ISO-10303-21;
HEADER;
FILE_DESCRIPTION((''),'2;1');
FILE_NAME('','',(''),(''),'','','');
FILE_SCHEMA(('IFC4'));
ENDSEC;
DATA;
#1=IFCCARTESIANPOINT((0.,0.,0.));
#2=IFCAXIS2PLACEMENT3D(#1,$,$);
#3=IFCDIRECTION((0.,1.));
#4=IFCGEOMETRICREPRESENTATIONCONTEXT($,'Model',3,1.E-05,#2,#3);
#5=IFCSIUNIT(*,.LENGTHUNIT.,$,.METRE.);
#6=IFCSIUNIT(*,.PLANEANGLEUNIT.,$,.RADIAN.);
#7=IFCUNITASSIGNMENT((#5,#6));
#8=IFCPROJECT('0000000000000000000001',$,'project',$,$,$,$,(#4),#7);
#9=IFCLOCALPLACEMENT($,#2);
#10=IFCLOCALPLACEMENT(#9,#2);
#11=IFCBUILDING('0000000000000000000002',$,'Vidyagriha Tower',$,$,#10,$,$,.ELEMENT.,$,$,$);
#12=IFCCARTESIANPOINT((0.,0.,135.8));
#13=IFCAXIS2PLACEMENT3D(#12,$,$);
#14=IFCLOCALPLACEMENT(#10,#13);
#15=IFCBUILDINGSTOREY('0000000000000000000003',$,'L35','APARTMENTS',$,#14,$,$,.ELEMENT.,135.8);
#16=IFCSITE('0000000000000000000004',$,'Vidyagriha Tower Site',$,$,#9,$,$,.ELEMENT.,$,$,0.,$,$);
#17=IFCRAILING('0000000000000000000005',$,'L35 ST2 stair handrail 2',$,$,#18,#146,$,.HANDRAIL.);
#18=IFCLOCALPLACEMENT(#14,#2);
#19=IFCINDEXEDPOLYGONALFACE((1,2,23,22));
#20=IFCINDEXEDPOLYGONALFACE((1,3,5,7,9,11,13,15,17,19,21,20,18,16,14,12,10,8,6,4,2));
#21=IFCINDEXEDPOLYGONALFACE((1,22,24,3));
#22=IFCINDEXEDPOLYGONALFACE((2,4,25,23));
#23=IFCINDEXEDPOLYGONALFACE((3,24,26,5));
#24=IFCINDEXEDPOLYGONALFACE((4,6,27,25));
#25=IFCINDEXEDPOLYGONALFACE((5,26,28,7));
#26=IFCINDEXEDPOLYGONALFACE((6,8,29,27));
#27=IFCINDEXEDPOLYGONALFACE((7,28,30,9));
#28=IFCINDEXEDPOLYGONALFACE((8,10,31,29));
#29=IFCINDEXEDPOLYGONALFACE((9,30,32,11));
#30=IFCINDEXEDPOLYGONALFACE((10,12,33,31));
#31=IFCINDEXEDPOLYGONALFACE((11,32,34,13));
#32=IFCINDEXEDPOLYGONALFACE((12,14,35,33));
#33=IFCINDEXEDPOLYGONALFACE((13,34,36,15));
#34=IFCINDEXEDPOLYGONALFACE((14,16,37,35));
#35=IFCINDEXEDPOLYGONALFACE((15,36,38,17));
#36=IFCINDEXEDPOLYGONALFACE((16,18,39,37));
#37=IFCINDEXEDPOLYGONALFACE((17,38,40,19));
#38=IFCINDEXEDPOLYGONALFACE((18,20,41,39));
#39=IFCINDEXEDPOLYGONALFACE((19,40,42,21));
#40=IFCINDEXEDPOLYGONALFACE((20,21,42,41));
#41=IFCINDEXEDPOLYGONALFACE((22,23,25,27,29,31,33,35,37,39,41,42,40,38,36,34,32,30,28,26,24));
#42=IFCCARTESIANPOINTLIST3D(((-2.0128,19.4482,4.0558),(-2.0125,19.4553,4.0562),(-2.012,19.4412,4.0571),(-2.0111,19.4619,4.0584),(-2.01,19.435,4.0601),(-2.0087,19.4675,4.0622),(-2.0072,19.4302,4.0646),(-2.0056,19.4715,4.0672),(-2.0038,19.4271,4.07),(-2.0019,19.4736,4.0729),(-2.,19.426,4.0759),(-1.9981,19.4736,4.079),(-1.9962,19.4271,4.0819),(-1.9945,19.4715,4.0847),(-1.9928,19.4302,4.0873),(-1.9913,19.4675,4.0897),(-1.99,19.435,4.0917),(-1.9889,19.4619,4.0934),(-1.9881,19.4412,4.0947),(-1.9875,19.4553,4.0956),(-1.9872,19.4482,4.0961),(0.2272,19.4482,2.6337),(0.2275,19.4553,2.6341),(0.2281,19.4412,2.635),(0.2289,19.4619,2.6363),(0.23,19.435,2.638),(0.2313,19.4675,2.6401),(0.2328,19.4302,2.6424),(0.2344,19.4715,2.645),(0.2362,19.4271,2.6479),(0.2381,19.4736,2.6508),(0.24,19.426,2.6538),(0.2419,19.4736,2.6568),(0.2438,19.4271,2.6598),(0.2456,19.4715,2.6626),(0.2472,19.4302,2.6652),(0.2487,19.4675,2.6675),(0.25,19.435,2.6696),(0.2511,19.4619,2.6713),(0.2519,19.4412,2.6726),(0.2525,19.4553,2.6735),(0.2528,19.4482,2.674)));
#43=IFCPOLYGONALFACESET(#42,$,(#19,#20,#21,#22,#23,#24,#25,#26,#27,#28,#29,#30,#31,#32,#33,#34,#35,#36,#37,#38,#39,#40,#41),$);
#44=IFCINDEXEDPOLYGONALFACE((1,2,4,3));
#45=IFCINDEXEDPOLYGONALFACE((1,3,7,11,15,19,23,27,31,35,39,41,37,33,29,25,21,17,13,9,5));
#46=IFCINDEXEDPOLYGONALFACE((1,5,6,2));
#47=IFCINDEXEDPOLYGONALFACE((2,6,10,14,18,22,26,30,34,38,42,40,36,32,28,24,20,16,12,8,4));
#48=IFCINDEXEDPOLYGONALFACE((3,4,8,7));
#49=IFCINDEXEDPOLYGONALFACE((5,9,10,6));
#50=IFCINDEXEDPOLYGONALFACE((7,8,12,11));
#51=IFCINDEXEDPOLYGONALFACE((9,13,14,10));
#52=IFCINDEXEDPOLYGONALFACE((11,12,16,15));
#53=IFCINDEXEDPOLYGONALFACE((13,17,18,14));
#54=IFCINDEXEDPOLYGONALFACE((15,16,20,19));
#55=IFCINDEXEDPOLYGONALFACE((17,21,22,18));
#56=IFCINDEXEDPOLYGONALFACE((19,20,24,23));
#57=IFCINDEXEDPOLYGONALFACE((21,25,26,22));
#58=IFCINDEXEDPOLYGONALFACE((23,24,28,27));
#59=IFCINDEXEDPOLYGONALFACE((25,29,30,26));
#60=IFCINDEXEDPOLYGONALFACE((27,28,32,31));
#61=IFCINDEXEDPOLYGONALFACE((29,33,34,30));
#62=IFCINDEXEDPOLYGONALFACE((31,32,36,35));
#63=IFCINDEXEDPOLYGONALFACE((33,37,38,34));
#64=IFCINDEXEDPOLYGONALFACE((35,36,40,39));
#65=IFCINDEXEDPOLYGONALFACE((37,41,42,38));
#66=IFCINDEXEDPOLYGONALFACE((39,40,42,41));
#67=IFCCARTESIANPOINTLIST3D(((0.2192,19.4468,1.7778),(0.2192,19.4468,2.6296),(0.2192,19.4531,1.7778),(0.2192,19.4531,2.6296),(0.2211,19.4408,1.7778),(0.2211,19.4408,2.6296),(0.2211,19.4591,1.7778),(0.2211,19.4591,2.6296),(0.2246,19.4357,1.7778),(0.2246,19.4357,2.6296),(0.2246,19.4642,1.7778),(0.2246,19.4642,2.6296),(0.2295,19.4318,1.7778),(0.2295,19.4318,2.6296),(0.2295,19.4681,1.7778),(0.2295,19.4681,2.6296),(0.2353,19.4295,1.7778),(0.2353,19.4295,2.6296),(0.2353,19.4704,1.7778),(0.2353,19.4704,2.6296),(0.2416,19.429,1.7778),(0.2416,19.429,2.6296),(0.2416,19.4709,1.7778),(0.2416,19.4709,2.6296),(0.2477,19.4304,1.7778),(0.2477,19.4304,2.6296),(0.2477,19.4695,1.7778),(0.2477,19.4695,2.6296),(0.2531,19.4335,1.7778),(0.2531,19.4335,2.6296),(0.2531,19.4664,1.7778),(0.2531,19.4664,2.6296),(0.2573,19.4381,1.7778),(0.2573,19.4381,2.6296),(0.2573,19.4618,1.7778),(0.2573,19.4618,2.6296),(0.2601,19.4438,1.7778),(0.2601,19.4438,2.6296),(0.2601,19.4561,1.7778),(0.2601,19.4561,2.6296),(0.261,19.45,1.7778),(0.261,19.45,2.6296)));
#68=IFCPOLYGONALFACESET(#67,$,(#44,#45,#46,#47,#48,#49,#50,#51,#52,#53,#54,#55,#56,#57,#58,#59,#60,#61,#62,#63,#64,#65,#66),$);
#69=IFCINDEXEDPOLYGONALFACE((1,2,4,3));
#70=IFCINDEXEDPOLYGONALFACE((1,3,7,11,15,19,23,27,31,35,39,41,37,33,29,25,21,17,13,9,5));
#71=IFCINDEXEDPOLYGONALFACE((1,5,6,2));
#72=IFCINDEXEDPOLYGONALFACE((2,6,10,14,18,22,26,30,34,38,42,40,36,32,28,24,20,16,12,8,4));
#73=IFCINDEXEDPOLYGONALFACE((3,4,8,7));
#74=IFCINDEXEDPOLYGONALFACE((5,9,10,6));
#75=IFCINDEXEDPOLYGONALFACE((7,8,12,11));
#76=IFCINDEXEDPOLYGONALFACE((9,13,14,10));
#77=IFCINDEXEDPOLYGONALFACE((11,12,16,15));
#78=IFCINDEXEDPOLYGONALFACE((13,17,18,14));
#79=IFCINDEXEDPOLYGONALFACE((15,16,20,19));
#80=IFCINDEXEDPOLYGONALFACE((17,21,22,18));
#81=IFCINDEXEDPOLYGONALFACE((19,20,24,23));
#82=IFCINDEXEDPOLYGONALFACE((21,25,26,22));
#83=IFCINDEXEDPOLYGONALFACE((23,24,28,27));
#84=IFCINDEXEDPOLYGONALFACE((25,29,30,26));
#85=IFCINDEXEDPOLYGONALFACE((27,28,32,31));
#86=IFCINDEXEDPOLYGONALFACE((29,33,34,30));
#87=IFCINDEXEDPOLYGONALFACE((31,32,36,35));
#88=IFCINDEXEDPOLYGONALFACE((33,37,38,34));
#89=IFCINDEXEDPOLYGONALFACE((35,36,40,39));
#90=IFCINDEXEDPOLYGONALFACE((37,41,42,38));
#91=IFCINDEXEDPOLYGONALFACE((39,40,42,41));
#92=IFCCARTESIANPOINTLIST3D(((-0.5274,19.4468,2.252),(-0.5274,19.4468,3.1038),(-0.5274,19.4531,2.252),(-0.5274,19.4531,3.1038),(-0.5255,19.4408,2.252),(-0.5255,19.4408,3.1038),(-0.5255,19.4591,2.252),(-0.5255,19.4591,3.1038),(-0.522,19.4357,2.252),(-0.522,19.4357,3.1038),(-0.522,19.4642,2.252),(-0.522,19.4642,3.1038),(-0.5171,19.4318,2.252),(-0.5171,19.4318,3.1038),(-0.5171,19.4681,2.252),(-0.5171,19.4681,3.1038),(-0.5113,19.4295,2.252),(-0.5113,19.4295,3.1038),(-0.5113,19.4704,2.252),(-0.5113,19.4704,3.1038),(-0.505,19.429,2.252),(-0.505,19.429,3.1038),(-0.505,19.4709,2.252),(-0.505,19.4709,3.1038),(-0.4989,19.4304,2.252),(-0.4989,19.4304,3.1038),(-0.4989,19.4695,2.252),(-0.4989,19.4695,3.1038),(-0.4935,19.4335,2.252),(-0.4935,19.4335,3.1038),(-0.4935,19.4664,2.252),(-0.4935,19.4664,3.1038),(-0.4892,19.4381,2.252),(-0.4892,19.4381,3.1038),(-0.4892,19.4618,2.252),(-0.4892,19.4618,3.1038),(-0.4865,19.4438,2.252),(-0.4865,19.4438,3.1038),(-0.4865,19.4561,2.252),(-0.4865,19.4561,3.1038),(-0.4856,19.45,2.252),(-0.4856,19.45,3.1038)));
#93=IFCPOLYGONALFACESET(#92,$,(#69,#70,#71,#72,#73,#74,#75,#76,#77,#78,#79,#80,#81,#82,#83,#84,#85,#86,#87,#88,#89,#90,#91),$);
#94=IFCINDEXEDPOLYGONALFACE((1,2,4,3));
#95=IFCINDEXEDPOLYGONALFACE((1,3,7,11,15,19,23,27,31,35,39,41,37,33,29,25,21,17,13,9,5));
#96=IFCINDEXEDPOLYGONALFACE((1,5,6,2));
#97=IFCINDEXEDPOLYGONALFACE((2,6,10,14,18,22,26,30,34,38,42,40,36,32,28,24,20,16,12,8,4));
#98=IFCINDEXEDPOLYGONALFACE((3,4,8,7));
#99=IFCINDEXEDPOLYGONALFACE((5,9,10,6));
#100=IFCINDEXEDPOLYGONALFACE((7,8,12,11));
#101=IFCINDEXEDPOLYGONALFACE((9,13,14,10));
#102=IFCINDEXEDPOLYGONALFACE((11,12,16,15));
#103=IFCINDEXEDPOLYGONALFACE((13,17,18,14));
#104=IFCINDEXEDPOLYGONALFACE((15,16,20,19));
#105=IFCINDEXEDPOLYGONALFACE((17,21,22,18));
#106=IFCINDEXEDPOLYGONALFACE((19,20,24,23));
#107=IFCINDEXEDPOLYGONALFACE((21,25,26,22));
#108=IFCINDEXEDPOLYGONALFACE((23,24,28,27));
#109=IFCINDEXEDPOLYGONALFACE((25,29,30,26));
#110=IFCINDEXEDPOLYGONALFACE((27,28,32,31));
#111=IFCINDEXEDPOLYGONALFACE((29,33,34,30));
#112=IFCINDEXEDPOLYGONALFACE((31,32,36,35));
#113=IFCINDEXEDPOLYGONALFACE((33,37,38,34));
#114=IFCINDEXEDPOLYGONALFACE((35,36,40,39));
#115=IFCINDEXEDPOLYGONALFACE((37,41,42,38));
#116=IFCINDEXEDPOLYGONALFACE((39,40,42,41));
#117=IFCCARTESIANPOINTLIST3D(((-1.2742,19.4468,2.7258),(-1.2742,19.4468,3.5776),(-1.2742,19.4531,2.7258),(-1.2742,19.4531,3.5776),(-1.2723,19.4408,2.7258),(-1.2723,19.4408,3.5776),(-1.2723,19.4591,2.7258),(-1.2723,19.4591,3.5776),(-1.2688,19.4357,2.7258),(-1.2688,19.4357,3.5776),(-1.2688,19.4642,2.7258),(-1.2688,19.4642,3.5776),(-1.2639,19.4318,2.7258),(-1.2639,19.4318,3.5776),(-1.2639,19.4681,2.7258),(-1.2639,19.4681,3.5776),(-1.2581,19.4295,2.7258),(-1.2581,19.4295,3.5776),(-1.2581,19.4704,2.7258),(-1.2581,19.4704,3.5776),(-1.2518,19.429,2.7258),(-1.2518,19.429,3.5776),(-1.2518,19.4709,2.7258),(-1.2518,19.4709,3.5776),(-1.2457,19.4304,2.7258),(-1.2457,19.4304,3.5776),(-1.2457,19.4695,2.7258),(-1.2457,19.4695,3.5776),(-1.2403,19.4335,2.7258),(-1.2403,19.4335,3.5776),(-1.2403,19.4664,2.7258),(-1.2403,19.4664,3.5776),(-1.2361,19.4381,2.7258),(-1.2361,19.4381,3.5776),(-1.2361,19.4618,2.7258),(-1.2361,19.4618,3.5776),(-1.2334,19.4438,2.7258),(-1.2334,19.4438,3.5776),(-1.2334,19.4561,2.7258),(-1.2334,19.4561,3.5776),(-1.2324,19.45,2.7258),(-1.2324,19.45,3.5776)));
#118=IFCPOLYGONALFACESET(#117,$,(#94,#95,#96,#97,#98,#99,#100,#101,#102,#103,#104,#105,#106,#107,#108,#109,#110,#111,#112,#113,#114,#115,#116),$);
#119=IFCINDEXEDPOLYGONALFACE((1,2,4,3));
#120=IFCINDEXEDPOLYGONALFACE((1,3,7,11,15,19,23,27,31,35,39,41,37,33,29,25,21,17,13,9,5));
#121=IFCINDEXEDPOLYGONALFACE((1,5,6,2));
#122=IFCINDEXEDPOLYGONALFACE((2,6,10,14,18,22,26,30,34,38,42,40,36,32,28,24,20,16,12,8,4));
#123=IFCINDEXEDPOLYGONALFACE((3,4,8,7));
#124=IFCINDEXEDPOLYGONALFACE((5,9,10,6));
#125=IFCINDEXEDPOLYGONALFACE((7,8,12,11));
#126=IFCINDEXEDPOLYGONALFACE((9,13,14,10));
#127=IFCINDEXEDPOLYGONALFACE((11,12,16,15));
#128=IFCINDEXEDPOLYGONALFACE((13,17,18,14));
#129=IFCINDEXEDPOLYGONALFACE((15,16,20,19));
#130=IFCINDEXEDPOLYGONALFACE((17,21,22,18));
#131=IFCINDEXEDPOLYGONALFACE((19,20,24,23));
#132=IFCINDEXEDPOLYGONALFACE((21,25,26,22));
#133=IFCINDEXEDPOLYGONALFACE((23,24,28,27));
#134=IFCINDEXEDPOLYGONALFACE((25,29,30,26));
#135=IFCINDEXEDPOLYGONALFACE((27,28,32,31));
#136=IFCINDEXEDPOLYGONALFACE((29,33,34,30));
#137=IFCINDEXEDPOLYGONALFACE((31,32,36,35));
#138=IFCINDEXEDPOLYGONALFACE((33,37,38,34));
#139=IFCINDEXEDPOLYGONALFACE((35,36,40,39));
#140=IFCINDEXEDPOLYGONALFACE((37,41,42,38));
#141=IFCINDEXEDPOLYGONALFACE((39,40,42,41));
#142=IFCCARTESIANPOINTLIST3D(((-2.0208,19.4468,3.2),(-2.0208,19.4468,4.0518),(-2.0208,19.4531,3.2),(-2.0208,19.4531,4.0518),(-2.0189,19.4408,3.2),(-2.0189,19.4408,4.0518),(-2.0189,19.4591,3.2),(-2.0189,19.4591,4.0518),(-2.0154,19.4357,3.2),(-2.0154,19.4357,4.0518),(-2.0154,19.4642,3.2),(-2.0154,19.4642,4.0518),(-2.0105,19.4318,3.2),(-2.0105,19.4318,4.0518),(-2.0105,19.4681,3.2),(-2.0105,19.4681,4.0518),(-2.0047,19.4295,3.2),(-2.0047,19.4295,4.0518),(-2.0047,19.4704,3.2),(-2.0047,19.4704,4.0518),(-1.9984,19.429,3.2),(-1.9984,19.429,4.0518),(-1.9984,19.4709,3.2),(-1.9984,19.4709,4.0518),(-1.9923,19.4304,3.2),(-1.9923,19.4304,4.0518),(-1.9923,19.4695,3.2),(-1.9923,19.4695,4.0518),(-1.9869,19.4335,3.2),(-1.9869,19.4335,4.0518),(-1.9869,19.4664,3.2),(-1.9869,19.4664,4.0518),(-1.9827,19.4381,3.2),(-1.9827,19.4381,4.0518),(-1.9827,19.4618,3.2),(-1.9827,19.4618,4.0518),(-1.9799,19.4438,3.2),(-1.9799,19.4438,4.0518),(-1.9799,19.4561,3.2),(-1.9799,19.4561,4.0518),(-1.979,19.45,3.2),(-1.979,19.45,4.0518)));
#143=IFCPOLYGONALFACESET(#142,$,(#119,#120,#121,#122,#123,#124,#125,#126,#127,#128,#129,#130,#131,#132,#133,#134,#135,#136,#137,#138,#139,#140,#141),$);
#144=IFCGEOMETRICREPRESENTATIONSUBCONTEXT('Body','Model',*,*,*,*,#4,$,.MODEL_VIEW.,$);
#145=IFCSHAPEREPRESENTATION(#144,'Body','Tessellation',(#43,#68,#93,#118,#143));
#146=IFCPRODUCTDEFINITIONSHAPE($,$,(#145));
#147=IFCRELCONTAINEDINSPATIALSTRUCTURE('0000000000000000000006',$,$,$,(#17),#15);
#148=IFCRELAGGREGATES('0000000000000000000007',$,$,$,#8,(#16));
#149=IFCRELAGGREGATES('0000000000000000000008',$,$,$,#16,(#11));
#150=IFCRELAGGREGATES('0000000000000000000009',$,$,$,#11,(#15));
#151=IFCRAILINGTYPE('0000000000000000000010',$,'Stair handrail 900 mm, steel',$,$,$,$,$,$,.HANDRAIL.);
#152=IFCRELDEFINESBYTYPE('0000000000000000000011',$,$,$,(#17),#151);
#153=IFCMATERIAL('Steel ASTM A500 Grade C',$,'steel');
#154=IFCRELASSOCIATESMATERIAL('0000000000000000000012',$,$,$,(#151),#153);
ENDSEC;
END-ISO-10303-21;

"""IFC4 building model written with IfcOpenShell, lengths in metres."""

from ifc_helpers import new_model, si_unit, direction, frame, origin, origin_2d, place, context, subcontext, project, spatial, circle, extrude, material, type_object, element, save


model = new_model("IFC4")

# Units and contexts
model_context = context("Model", 3, precision=1e-05, world=origin(), true_north=direction((0.0, 1.0)))
body_context = subcontext(model_context, "Body", "Model", "MODEL_VIEW")
ifc_project = project(units=[si_unit("LENGTHUNIT", "METRE"), si_unit("PLANEANGLEUNIT", "RADIAN")], contexts=[model_context])

# Site, building, storey
site_placement = place(None, origin())
site = spatial("IfcSite", under=ifc_project, at=site_placement, Name="Vidyagriha Tower Site", CompositionType="ELEMENT", RefElevation=0.0)
building_placement = place(site_placement, origin())
building = spatial("IfcBuilding", under=site, at=building_placement, Name="Vidyagriha Tower", CompositionType="ELEMENT")
storey_placement = place(building_placement, frame((0.0, 0.0, 135.8)))
storey = spatial("IfcBuildingStorey", under=building, at=storey_placement, Name="L35", Description="APARTMENTS", CompositionType="ELEMENT", Elevation=135.8)

# Railing
ifc_material_1 = material(Name="Steel ASTM A500 Grade C", Category="steel")
railing_type_1 = type_object("IfcRailingType", Name="Stair handrail 900 mm, steel", PredefinedType="HANDRAIL", material=ifc_material_1)
for number, where, name in (
    (1, (0.24, 19.45, 1.7778), "L35 ST2 stair handrail 2"),
):
    element("IfcRailing", number, at=place(storey_placement, frame(where)), inside=storey, type_object=railing_type_1, Name=name, PredefinedType="HANDRAIL", context=body_context, shape_type="SweptSolid", body=[
        extrude(circle(Radius=0.0239, at=origin_2d()), frame((0.0, 0.0, 0.876), z_axis=(-0.844229, 0.0, 0.535982), x_axis=(0.0, -1.0, 0.0)), (0.0, 0.0, 1.0), 2.6533),
        extrude(circle(Radius=0.021, at=origin_2d()), origin(), (0.0, 0.0, 1.0), 0.8518),
        extrude(circle(Radius=0.021, at=origin_2d()), frame((-0.7466, 0.0, 0.4741)), (0.0, 0.0, 1.0), 0.8518),
        extrude(circle(Radius=0.021, at=origin_2d()), frame((-1.4934, 0.0, 0.948)), (0.0, 0.0, 1.0), 0.8518),
        extrude(circle(Radius=0.021, at=origin_2d()), frame((-2.24, 0.0, 1.4221)), (0.0, 0.0, 1.0), 0.8518),
    ])

save(model, "model.ifc")
